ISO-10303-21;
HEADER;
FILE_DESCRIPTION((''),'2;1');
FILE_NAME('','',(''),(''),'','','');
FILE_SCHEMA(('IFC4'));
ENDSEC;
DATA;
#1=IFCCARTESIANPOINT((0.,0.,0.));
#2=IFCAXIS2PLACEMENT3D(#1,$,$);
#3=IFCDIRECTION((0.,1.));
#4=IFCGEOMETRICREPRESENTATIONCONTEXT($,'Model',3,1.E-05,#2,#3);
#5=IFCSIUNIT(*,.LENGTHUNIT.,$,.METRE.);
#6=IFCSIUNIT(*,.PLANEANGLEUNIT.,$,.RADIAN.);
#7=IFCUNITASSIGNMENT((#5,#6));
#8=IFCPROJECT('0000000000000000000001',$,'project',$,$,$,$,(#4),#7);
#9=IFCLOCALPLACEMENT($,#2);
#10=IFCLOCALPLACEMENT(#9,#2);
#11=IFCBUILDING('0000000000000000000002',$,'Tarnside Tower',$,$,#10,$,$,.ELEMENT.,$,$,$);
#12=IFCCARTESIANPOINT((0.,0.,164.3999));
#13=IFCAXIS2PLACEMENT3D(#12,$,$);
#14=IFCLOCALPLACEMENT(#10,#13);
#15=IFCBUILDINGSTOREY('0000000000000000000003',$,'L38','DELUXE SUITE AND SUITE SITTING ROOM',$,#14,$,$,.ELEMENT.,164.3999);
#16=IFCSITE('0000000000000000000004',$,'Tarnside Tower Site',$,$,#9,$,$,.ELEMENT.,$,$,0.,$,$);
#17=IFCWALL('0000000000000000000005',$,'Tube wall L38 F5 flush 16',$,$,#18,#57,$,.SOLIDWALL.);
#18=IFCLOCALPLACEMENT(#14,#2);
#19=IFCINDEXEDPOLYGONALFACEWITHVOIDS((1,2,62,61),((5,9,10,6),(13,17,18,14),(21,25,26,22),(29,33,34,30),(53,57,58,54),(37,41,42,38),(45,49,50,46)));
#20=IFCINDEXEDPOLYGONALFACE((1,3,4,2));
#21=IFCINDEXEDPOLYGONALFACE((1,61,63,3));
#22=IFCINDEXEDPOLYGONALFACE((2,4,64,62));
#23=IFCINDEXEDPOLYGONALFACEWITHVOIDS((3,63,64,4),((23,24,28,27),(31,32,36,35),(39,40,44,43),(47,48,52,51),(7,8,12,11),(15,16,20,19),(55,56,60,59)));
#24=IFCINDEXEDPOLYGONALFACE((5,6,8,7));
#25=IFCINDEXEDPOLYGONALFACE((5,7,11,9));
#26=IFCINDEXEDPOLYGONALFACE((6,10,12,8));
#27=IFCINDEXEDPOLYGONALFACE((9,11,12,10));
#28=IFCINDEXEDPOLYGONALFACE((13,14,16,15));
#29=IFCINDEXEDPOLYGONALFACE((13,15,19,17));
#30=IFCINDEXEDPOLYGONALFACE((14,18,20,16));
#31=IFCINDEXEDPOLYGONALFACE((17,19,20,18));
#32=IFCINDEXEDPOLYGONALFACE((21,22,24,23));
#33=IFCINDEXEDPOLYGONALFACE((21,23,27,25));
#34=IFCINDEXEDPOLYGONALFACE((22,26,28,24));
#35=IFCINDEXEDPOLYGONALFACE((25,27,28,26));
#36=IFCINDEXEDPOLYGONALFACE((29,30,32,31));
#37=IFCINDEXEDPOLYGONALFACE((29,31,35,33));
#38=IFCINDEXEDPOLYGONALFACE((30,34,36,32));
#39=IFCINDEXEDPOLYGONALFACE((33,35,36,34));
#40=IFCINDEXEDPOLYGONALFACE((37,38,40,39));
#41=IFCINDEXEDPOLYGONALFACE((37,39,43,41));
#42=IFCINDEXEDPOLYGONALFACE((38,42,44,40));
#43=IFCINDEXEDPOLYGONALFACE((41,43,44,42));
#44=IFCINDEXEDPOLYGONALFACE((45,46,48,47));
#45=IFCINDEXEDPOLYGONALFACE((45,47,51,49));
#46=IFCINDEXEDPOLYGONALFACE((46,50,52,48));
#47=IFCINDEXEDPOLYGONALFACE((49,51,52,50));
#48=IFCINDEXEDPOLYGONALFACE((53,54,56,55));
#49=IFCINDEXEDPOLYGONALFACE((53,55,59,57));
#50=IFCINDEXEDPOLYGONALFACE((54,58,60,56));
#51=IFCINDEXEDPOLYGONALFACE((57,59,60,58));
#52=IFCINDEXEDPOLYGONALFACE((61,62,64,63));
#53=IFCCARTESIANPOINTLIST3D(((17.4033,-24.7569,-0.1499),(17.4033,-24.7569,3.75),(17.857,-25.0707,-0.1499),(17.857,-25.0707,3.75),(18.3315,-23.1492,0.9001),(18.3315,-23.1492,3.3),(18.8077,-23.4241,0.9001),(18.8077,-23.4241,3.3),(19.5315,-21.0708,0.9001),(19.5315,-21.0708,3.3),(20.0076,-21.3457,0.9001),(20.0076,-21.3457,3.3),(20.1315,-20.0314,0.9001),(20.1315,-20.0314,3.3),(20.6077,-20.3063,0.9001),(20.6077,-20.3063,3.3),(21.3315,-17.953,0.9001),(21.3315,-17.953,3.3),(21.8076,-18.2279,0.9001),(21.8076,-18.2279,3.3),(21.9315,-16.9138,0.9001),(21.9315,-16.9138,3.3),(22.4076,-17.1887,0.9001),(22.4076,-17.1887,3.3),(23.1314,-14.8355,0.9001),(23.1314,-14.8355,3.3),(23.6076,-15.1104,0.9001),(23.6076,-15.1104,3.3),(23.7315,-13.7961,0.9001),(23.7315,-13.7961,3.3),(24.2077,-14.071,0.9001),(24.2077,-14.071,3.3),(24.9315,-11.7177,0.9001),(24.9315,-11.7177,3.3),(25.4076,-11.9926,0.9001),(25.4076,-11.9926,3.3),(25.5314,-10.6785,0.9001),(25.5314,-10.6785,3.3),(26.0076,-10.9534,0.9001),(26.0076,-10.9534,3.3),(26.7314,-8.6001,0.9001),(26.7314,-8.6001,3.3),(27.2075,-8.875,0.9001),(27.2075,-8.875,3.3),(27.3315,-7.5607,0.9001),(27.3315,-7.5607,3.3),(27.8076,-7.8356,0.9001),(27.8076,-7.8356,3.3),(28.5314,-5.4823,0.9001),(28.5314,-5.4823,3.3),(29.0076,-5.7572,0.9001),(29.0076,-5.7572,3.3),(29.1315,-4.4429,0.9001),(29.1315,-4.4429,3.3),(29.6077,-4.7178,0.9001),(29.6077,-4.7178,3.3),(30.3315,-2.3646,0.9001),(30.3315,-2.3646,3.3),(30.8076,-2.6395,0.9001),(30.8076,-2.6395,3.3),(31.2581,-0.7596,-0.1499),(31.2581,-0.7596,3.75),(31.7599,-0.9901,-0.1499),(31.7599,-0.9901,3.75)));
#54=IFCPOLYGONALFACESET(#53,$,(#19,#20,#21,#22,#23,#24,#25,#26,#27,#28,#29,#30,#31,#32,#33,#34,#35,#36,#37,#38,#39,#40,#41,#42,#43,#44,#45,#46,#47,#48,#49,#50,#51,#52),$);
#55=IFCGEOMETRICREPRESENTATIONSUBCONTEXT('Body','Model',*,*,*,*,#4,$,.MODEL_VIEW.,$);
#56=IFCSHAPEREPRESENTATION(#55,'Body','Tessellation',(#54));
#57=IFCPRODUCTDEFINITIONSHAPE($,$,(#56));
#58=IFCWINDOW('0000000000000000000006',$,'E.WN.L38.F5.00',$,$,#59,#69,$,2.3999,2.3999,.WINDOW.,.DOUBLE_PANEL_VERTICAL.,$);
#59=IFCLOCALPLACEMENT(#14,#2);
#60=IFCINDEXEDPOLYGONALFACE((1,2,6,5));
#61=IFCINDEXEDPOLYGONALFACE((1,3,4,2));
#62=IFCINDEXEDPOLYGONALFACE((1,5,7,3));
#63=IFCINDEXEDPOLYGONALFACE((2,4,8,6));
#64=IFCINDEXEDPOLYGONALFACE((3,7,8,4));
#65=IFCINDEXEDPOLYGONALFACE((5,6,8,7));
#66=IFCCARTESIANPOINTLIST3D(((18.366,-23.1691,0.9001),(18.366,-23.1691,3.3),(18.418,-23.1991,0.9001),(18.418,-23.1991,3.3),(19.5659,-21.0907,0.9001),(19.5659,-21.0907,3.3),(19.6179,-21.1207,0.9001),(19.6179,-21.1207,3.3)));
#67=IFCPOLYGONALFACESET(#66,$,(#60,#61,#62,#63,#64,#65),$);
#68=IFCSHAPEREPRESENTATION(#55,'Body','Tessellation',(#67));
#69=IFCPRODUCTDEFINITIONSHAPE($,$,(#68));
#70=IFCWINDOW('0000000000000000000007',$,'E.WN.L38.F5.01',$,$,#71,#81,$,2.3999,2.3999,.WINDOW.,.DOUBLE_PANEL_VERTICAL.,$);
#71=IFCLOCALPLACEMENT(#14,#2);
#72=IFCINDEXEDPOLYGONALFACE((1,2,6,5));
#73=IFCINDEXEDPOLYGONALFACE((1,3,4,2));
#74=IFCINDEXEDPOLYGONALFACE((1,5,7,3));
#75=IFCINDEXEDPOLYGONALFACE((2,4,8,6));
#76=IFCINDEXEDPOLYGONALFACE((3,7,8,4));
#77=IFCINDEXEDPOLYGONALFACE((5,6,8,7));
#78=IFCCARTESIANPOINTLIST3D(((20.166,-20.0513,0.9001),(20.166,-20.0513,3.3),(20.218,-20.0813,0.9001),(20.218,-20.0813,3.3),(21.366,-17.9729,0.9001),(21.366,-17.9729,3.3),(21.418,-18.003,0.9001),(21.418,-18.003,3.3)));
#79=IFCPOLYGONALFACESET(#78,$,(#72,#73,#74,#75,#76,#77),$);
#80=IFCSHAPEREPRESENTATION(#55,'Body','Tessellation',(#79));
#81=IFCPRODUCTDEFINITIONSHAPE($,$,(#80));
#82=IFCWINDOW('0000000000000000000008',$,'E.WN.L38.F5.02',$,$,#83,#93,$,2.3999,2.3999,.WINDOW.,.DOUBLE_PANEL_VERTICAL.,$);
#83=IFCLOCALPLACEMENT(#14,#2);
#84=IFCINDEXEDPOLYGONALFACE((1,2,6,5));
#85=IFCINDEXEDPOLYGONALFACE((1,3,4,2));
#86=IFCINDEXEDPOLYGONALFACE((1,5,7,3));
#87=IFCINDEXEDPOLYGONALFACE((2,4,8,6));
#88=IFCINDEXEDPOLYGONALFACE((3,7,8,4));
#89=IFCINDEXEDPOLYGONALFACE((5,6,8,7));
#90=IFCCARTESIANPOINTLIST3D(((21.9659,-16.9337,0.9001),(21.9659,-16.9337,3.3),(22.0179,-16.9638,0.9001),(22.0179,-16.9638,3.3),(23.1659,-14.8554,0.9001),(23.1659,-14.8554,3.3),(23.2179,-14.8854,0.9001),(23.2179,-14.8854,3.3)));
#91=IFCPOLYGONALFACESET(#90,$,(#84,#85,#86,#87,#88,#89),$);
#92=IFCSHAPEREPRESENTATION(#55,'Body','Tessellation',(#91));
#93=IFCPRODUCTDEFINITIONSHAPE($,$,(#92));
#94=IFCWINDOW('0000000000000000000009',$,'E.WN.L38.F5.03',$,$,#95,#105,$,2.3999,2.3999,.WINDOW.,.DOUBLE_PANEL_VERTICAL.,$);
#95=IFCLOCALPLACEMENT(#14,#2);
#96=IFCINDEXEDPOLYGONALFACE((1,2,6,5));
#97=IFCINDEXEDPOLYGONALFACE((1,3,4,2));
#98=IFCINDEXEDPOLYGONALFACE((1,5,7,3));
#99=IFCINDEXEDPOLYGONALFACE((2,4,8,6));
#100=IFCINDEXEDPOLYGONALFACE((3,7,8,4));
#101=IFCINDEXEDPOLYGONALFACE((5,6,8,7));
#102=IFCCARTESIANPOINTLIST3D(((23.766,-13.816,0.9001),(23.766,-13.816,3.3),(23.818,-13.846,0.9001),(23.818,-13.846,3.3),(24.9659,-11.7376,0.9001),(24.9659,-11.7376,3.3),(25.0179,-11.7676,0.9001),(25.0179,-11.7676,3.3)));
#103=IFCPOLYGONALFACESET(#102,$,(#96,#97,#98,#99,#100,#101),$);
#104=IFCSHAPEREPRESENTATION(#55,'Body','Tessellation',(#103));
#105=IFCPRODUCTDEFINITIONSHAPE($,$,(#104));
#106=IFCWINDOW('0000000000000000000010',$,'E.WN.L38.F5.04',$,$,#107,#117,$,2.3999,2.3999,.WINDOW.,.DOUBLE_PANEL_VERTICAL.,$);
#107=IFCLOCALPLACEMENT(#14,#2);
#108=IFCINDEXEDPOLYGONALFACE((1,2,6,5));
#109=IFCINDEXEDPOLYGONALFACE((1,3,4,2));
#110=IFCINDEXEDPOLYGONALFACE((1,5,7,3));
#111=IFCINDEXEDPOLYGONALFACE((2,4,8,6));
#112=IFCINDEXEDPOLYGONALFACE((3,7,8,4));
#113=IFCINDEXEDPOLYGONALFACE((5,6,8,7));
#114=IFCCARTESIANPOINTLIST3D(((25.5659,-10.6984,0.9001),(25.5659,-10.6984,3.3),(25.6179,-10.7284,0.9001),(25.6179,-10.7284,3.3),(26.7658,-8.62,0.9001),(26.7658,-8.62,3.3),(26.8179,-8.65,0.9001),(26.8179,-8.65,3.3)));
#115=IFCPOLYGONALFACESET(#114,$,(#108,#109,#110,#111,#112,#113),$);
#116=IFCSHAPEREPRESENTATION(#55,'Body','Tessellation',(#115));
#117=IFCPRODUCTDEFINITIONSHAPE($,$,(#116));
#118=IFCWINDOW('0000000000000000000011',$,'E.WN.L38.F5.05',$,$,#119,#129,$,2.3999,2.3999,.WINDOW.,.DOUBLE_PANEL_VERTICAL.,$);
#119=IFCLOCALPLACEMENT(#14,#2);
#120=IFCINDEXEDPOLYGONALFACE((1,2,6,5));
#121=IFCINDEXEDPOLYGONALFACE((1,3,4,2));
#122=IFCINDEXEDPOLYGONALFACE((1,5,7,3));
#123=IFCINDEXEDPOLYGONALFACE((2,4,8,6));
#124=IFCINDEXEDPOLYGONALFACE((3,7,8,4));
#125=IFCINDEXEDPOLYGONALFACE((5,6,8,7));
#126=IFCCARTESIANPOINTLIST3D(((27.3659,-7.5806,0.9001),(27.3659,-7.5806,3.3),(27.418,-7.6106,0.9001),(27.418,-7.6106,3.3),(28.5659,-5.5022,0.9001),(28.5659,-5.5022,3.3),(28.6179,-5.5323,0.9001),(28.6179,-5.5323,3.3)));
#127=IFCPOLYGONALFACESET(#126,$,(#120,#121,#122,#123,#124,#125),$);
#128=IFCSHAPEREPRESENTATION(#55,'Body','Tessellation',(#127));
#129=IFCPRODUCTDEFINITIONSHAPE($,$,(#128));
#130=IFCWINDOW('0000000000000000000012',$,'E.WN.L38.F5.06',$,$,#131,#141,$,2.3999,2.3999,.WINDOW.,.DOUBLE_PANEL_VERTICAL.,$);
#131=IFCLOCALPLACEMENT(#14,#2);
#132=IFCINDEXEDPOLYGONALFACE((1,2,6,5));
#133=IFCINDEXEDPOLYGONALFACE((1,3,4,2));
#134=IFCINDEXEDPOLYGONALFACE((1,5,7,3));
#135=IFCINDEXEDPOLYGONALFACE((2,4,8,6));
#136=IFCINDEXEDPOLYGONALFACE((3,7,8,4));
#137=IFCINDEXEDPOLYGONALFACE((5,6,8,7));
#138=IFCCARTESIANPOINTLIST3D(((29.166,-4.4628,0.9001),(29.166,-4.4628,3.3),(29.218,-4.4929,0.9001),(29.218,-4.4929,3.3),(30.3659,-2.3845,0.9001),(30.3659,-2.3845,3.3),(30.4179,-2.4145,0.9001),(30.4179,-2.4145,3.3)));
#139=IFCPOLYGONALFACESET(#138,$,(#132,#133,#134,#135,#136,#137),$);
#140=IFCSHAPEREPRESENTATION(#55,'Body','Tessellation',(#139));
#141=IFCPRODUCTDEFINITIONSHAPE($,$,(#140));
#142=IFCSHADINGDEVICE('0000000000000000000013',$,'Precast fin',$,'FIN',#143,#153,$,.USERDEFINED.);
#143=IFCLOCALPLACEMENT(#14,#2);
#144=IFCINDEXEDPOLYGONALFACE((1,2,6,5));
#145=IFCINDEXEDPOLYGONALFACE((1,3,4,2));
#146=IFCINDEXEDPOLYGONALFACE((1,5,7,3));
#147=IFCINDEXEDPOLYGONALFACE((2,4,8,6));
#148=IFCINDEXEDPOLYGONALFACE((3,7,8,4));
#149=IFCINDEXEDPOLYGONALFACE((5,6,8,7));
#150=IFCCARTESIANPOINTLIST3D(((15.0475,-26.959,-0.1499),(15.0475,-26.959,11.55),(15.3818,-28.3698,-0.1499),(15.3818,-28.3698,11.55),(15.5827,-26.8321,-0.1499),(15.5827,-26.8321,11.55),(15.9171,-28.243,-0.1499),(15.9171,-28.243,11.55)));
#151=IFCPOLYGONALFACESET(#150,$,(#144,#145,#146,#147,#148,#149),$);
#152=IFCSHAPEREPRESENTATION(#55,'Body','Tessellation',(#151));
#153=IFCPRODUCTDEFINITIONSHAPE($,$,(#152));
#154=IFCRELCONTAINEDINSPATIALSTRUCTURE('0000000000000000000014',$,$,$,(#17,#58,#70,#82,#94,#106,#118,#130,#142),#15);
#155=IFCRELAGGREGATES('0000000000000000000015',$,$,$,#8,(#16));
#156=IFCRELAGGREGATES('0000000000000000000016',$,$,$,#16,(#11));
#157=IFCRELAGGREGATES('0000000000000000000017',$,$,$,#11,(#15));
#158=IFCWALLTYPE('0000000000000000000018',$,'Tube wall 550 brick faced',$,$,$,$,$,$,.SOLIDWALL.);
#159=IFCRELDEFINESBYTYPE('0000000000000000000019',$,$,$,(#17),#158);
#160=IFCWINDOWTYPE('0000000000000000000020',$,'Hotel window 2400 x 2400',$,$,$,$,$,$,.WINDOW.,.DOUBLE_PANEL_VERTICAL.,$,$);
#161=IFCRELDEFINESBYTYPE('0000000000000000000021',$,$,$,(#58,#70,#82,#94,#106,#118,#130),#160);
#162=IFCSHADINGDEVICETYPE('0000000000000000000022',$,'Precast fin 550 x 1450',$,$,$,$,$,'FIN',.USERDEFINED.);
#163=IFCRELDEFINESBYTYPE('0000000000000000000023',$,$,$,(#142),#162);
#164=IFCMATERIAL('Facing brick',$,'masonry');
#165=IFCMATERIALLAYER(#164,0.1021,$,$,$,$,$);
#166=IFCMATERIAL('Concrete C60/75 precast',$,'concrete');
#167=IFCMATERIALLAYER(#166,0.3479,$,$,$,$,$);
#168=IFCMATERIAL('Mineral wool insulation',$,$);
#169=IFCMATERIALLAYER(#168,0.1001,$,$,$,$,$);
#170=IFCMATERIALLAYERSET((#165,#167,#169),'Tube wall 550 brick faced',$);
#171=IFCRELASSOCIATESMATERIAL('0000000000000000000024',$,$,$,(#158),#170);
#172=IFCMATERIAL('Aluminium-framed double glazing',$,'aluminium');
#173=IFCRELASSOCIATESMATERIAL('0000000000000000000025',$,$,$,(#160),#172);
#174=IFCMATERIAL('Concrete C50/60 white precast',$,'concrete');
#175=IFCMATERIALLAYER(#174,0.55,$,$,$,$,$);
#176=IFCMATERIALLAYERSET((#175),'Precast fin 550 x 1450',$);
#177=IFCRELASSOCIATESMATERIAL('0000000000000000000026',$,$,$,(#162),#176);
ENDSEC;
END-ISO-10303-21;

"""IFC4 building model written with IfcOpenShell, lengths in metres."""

from ifc_helpers import new_model, si_unit, direction, frame, frame_2d, origin, place, context, subcontext, project, spatial, polyline, rectangle, outline, extrude, material, layer, layer_set, type_object, element, fill, save


model = new_model("IFC4")

# Units and contexts
model_context = context("Model", 3, precision=1e-05, world=origin(), true_north=direction((0.0, 1.0)))
body_context = subcontext(model_context, "Body", "Model", "MODEL_VIEW")
ifc_project = project(units=[si_unit("LENGTHUNIT", "METRE"), si_unit("PLANEANGLEUNIT", "RADIAN")], contexts=[model_context])

# Site, building, storey
site_placement = place(None, origin())
site = spatial("IfcSite", under=ifc_project, at=site_placement, Name="Tarnside Tower Site", CompositionType="ELEMENT", RefElevation=0.0)
building_placement = place(site_placement, origin())
building = spatial("IfcBuilding", under=site, at=building_placement, Name="Tarnside Tower", CompositionType="ELEMENT")
storey_placement = place(building_placement, frame((0.0, 0.0, 164.3999)))
storey = spatial("IfcBuildingStorey", under=building, at=storey_placement, Name="L38", Description="DELUXE SUITE AND SUITE SITTING ROOM", CompositionType="ELEMENT", Elevation=164.3999)

# Shared definitions
ifc_material_1 = material(Name="Facing brick", Category="masonry")
ifc_layer_1 = layer(ifc_material_1, 0.1021)
ifc_material_2 = material(Name="Concrete C60/75 precast", Category="concrete")
ifc_layer_2 = layer(ifc_material_2, 0.3479)
ifc_material_3 = material(Name="Mineral wool insulation")
ifc_layer_3 = layer(ifc_material_3, 0.1001)
ifc_layer_set_1 = layer_set([ifc_layer_1, ifc_layer_2, ifc_layer_3], Name="Tube wall 550 brick faced")
wall_type_1 = type_object("IfcWallType", Name="Tube wall 550 brick faced", PredefinedType="SOLIDWALL", material=ifc_layer_set_1)

# Wall, openings, windows
wall_1_placement = place(storey_placement, frame((17.6301, -24.9138, -0.1499), z_axis=(0.0, 0.0, 1.0), x_axis=(0.499999, 0.866026, 0.0)))
wall_1 = element("IfcWall", 1, at=wall_1_placement, inside=storey, type_object=wall_type_1, Name="Tube wall L38 F5 flush 16", PredefinedType="SOLIDWALL", context=body_context, shape_type="SweptSolid", body=[
    extrude(outline(polyline([(-0.0225, -0.2749), (27.7834, -0.2749), (27.7322, 0.2749), (0.0225, 0.2749), (-0.0225, -0.2749)])), origin(), (0.0, 0.0, 1.0), 3.8999),
])
opening_1_placement = place(wall_1_placement, frame((1.8789, 0.0, 1.05)))
opening_1 = element("IfcOpeningElement", 2, at=opening_1_placement, cuts=wall_1, PredefinedType="OPENING", context=body_context, shape_type="SweptSolid", body=[
    extrude(rectangle(XDim=2.3999, YDim=2.3999, at=frame_2d((1.2, 1.2))), frame((0.0, 0.2852, 0.0), z_axis=(0.0, -1.0, 0.0), x_axis=(1.0, 0.0, 0.0)), (0.0, 0.0, 1.0), 0.5701),
])
opening_2_placement = place(wall_1_placement, frame((5.479, 0.0, 1.05)))
opening_2 = element("IfcOpeningElement", 3, at=opening_2_placement, cuts=wall_1, PredefinedType="OPENING", context=body_context, shape_type="SweptSolid", body=[
    extrude(rectangle(XDim=2.3999, YDim=2.3999, at=frame_2d((1.2, 1.2))), frame((0.0, 0.2852, 0.0), z_axis=(0.0, -1.0, 0.0), x_axis=(1.0, 0.0, 0.0)), (0.0, 0.0, 1.0), 0.5701),
])
opening_3_placement = place(wall_1_placement, frame((9.0789, 0.0, 1.05)))
opening_3 = element("IfcOpeningElement", 4, at=opening_3_placement, cuts=wall_1, PredefinedType="OPENING", context=body_context, shape_type="SweptSolid", body=[
    extrude(rectangle(XDim=2.3999, YDim=2.3999, at=frame_2d((1.2, 1.2))), frame((0.0, 0.2852, 0.0), z_axis=(0.0, -1.0, 0.0), x_axis=(1.0, 0.0, 0.0)), (0.0, 0.0, 1.0), 0.5701),
])
opening_4_placement = place(wall_1_placement, frame((12.679, 0.0, 1.05)))
opening_4 = element("IfcOpeningElement", 5, at=opening_4_placement, cuts=wall_1, PredefinedType="OPENING", context=body_context, shape_type="SweptSolid", body=[
    extrude(rectangle(XDim=2.3999, YDim=2.3999, at=frame_2d((1.2, 1.2))), frame((0.0, 0.2852, 0.0), z_axis=(0.0, -1.0, 0.0), x_axis=(1.0, 0.0, 0.0)), (0.0, 0.0, 1.0), 0.5701),
])
opening_5_placement = place(wall_1_placement, frame((16.2788, 0.0, 1.05)))
opening_5 = element("IfcOpeningElement", 6, at=opening_5_placement, cuts=wall_1, PredefinedType="OPENING", context=body_context, shape_type="SweptSolid", body=[
    extrude(rectangle(XDim=2.3999, YDim=2.3999, at=frame_2d((1.2, 1.2))), frame((0.0, 0.2852, 0.0), z_axis=(0.0, -1.0, 0.0), x_axis=(1.0, 0.0, 0.0)), (0.0, 0.0, 1.0), 0.5701),
])
opening_6_placement = place(wall_1_placement, frame((19.8789, 0.0, 1.05)))
opening_6 = element("IfcOpeningElement", 7, at=opening_6_placement, cuts=wall_1, PredefinedType="OPENING", context=body_context, shape_type="SweptSolid", body=[
    extrude(rectangle(XDim=2.3999, YDim=2.3999, at=frame_2d((1.2, 1.2))), frame((0.0, 0.2852, 0.0), z_axis=(0.0, -1.0, 0.0), x_axis=(1.0, 0.0, 0.0)), (0.0, 0.0, 1.0), 0.5701),
])
opening_7_placement = place(wall_1_placement, frame((23.479, 0.0, 1.05)))
opening_7 = element("IfcOpeningElement", 8, at=opening_7_placement, cuts=wall_1, PredefinedType="OPENING", context=body_context, shape_type="SweptSolid", body=[
    extrude(rectangle(XDim=2.3999, YDim=2.3999, at=frame_2d((1.2, 1.2))), frame((0.0, 0.2852, 0.0), z_axis=(0.0, -1.0, 0.0), x_axis=(1.0, 0.0, 0.0)), (0.0, 0.0, 1.0), 0.5701),
])
ifc_material_4 = material(Name="Aluminium-framed double glazing", Category="aluminium")
window_type = type_object("IfcWindowType", Name="Hotel window 2400 x 2400", PartitioningType="DOUBLE_PANEL_VERTICAL", PredefinedType="WINDOW", material=ifc_material_4)
window_1_placement = place(opening_1_placement, frame((0.0, 0.2051, 0.0)))
window_1 = element("IfcWindow", 9, at=window_1_placement, inside=storey, type_object=window_type, Name="E.WN.L38.F5.00", OverallHeight=2.3999, OverallWidth=2.3999, PartitioningType="DOUBLE_PANEL_VERTICAL", PredefinedType="WINDOW", context=body_context, shape_type="SweptSolid", body=[
    extrude(rectangle(XDim=2.3999, YDim=2.3999, at=frame_2d((1.2, 1.2))), frame((0.0, 0.03, 0.0), z_axis=(0.0, -1.0, 0.0), x_axis=(1.0, 0.0, 0.0)), (0.0, 0.0, 1.0), 0.0601),
])
fill(opening_1, window_1)
window_2_placement = place(opening_2_placement, frame((0.0, 0.2051, 0.0)))
window_2 = element("IfcWindow", 10, at=window_2_placement, inside=storey, type_object=window_type, Name="E.WN.L38.F5.01", OverallHeight=2.3999, OverallWidth=2.3999, PartitioningType="DOUBLE_PANEL_VERTICAL", PredefinedType="WINDOW", context=body_context, shape_type="SweptSolid", body=[
    extrude(rectangle(XDim=2.3999, YDim=2.3999, at=frame_2d((1.2, 1.2))), frame((0.0, 0.03, 0.0), z_axis=(0.0, -1.0, 0.0), x_axis=(1.0, 0.0, 0.0)), (0.0, 0.0, 1.0), 0.0601),
])
fill(opening_2, window_2)
window_3_placement = place(opening_3_placement, frame((0.0, 0.2051, 0.0)))
window_3 = element("IfcWindow", 11, at=window_3_placement, inside=storey, type_object=window_type, Name="E.WN.L38.F5.02", OverallHeight=2.3999, OverallWidth=2.3999, PartitioningType="DOUBLE_PANEL_VERTICAL", PredefinedType="WINDOW", context=body_context, shape_type="SweptSolid", body=[
    extrude(rectangle(XDim=2.3999, YDim=2.3999, at=frame_2d((1.2, 1.2))), frame((0.0, 0.03, 0.0), z_axis=(0.0, -1.0, 0.0), x_axis=(1.0, 0.0, 0.0)), (0.0, 0.0, 1.0), 0.0601),
])
fill(opening_3, window_3)
window_4_placement = place(opening_4_placement, frame((0.0, 0.2051, 0.0)))
window_4 = element("IfcWindow", 12, at=window_4_placement, inside=storey, type_object=window_type, Name="E.WN.L38.F5.03", OverallHeight=2.3999, OverallWidth=2.3999, PartitioningType="DOUBLE_PANEL_VERTICAL", PredefinedType="WINDOW", context=body_context, shape_type="SweptSolid", body=[
    extrude(rectangle(XDim=2.3999, YDim=2.3999, at=frame_2d((1.2, 1.2))), frame((0.0, 0.03, 0.0), z_axis=(0.0, -1.0, 0.0), x_axis=(1.0, 0.0, 0.0)), (0.0, 0.0, 1.0), 0.0601),
])
fill(opening_4, window_4)
window_5_placement = place(opening_5_placement, frame((0.0, 0.2051, 0.0)))
window_5 = element("IfcWindow", 13, at=window_5_placement, inside=storey, type_object=window_type, Name="E.WN.L38.F5.04", OverallHeight=2.3999, OverallWidth=2.3999, PartitioningType="DOUBLE_PANEL_VERTICAL", PredefinedType="WINDOW", context=body_context, shape_type="SweptSolid", body=[
    extrude(rectangle(XDim=2.3999, YDim=2.3999, at=frame_2d((1.2, 1.2))), frame((0.0, 0.03, 0.0), z_axis=(0.0, -1.0, 0.0), x_axis=(1.0, 0.0, 0.0)), (0.0, 0.0, 1.0), 0.0601),
])
fill(opening_5, window_5)
window_6_placement = place(opening_6_placement, frame((0.0, 0.2051, 0.0)))
window_6 = element("IfcWindow", 14, at=window_6_placement, inside=storey, type_object=window_type, Name="E.WN.L38.F5.05", OverallHeight=2.3999, OverallWidth=2.3999, PartitioningType="DOUBLE_PANEL_VERTICAL", PredefinedType="WINDOW", context=body_context, shape_type="SweptSolid", body=[
    extrude(rectangle(XDim=2.3999, YDim=2.3999, at=frame_2d((1.2, 1.2))), frame((0.0, 0.03, 0.0), z_axis=(0.0, -1.0, 0.0), x_axis=(1.0, 0.0, 0.0)), (0.0, 0.0, 1.0), 0.0601),
])
fill(opening_6, window_6)
window_7_placement = place(opening_7_placement, frame((0.0, 0.2051, 0.0)))
window_7 = element("IfcWindow", 15, at=window_7_placement, inside=storey, type_object=window_type, Name="E.WN.L38.F5.06", OverallHeight=2.3999, OverallWidth=2.3999, PartitioningType="DOUBLE_PANEL_VERTICAL", PredefinedType="WINDOW", context=body_context, shape_type="SweptSolid", body=[
    extrude(rectangle(XDim=2.3999, YDim=2.3999, at=frame_2d((1.2, 1.2))), frame((0.0, 0.03, 0.0), z_axis=(0.0, -1.0, 0.0), x_axis=(1.0, 0.0, 0.0)), (0.0, 0.0, 1.0), 0.0601),
])
fill(opening_7, window_7)

# Shading device
ifc_material_5 = material(Name="Concrete C50/60 white precast", Category="concrete")
ifc_layer_4 = layer(ifc_material_5, 0.55)
ifc_layer_set_2 = layer_set([ifc_layer_4], Name="Precast fin 550 x 1450")
shading_device_type_1 = type_object("IfcShadingDeviceType", Name="Precast fin 550 x 1450", ElementType="FIN", PredefinedType="USERDEFINED", material=ifc_layer_set_2)
for number, where, z_axis, x_axis, name in (
    (16, (15.3152, -26.8955, -0.1499), (-0.973045, -0.230616, 0.0), (0.230616, -0.973045, 0.0), "Precast fin"),
):
    element("IfcShadingDevice", number, at=place(storey_placement, frame(where, z_axis=z_axis, x_axis=x_axis)), inside=storey, type_object=shading_device_type_1, Name=name, ObjectType="FIN", PredefinedType="USERDEFINED", context=body_context, shape_type="SweptSolid", body=[
        extrude(outline(polyline([(0.0, 0.0), (1.45, 0.0), (1.45, 11.7), (0.0, 11.7), (0.0, 0.0)])), frame((0.0, 0.0, -0.2749)), (0.0, 0.0, 1.0), 0.55),
    ])

save(model, "model.ifc")
